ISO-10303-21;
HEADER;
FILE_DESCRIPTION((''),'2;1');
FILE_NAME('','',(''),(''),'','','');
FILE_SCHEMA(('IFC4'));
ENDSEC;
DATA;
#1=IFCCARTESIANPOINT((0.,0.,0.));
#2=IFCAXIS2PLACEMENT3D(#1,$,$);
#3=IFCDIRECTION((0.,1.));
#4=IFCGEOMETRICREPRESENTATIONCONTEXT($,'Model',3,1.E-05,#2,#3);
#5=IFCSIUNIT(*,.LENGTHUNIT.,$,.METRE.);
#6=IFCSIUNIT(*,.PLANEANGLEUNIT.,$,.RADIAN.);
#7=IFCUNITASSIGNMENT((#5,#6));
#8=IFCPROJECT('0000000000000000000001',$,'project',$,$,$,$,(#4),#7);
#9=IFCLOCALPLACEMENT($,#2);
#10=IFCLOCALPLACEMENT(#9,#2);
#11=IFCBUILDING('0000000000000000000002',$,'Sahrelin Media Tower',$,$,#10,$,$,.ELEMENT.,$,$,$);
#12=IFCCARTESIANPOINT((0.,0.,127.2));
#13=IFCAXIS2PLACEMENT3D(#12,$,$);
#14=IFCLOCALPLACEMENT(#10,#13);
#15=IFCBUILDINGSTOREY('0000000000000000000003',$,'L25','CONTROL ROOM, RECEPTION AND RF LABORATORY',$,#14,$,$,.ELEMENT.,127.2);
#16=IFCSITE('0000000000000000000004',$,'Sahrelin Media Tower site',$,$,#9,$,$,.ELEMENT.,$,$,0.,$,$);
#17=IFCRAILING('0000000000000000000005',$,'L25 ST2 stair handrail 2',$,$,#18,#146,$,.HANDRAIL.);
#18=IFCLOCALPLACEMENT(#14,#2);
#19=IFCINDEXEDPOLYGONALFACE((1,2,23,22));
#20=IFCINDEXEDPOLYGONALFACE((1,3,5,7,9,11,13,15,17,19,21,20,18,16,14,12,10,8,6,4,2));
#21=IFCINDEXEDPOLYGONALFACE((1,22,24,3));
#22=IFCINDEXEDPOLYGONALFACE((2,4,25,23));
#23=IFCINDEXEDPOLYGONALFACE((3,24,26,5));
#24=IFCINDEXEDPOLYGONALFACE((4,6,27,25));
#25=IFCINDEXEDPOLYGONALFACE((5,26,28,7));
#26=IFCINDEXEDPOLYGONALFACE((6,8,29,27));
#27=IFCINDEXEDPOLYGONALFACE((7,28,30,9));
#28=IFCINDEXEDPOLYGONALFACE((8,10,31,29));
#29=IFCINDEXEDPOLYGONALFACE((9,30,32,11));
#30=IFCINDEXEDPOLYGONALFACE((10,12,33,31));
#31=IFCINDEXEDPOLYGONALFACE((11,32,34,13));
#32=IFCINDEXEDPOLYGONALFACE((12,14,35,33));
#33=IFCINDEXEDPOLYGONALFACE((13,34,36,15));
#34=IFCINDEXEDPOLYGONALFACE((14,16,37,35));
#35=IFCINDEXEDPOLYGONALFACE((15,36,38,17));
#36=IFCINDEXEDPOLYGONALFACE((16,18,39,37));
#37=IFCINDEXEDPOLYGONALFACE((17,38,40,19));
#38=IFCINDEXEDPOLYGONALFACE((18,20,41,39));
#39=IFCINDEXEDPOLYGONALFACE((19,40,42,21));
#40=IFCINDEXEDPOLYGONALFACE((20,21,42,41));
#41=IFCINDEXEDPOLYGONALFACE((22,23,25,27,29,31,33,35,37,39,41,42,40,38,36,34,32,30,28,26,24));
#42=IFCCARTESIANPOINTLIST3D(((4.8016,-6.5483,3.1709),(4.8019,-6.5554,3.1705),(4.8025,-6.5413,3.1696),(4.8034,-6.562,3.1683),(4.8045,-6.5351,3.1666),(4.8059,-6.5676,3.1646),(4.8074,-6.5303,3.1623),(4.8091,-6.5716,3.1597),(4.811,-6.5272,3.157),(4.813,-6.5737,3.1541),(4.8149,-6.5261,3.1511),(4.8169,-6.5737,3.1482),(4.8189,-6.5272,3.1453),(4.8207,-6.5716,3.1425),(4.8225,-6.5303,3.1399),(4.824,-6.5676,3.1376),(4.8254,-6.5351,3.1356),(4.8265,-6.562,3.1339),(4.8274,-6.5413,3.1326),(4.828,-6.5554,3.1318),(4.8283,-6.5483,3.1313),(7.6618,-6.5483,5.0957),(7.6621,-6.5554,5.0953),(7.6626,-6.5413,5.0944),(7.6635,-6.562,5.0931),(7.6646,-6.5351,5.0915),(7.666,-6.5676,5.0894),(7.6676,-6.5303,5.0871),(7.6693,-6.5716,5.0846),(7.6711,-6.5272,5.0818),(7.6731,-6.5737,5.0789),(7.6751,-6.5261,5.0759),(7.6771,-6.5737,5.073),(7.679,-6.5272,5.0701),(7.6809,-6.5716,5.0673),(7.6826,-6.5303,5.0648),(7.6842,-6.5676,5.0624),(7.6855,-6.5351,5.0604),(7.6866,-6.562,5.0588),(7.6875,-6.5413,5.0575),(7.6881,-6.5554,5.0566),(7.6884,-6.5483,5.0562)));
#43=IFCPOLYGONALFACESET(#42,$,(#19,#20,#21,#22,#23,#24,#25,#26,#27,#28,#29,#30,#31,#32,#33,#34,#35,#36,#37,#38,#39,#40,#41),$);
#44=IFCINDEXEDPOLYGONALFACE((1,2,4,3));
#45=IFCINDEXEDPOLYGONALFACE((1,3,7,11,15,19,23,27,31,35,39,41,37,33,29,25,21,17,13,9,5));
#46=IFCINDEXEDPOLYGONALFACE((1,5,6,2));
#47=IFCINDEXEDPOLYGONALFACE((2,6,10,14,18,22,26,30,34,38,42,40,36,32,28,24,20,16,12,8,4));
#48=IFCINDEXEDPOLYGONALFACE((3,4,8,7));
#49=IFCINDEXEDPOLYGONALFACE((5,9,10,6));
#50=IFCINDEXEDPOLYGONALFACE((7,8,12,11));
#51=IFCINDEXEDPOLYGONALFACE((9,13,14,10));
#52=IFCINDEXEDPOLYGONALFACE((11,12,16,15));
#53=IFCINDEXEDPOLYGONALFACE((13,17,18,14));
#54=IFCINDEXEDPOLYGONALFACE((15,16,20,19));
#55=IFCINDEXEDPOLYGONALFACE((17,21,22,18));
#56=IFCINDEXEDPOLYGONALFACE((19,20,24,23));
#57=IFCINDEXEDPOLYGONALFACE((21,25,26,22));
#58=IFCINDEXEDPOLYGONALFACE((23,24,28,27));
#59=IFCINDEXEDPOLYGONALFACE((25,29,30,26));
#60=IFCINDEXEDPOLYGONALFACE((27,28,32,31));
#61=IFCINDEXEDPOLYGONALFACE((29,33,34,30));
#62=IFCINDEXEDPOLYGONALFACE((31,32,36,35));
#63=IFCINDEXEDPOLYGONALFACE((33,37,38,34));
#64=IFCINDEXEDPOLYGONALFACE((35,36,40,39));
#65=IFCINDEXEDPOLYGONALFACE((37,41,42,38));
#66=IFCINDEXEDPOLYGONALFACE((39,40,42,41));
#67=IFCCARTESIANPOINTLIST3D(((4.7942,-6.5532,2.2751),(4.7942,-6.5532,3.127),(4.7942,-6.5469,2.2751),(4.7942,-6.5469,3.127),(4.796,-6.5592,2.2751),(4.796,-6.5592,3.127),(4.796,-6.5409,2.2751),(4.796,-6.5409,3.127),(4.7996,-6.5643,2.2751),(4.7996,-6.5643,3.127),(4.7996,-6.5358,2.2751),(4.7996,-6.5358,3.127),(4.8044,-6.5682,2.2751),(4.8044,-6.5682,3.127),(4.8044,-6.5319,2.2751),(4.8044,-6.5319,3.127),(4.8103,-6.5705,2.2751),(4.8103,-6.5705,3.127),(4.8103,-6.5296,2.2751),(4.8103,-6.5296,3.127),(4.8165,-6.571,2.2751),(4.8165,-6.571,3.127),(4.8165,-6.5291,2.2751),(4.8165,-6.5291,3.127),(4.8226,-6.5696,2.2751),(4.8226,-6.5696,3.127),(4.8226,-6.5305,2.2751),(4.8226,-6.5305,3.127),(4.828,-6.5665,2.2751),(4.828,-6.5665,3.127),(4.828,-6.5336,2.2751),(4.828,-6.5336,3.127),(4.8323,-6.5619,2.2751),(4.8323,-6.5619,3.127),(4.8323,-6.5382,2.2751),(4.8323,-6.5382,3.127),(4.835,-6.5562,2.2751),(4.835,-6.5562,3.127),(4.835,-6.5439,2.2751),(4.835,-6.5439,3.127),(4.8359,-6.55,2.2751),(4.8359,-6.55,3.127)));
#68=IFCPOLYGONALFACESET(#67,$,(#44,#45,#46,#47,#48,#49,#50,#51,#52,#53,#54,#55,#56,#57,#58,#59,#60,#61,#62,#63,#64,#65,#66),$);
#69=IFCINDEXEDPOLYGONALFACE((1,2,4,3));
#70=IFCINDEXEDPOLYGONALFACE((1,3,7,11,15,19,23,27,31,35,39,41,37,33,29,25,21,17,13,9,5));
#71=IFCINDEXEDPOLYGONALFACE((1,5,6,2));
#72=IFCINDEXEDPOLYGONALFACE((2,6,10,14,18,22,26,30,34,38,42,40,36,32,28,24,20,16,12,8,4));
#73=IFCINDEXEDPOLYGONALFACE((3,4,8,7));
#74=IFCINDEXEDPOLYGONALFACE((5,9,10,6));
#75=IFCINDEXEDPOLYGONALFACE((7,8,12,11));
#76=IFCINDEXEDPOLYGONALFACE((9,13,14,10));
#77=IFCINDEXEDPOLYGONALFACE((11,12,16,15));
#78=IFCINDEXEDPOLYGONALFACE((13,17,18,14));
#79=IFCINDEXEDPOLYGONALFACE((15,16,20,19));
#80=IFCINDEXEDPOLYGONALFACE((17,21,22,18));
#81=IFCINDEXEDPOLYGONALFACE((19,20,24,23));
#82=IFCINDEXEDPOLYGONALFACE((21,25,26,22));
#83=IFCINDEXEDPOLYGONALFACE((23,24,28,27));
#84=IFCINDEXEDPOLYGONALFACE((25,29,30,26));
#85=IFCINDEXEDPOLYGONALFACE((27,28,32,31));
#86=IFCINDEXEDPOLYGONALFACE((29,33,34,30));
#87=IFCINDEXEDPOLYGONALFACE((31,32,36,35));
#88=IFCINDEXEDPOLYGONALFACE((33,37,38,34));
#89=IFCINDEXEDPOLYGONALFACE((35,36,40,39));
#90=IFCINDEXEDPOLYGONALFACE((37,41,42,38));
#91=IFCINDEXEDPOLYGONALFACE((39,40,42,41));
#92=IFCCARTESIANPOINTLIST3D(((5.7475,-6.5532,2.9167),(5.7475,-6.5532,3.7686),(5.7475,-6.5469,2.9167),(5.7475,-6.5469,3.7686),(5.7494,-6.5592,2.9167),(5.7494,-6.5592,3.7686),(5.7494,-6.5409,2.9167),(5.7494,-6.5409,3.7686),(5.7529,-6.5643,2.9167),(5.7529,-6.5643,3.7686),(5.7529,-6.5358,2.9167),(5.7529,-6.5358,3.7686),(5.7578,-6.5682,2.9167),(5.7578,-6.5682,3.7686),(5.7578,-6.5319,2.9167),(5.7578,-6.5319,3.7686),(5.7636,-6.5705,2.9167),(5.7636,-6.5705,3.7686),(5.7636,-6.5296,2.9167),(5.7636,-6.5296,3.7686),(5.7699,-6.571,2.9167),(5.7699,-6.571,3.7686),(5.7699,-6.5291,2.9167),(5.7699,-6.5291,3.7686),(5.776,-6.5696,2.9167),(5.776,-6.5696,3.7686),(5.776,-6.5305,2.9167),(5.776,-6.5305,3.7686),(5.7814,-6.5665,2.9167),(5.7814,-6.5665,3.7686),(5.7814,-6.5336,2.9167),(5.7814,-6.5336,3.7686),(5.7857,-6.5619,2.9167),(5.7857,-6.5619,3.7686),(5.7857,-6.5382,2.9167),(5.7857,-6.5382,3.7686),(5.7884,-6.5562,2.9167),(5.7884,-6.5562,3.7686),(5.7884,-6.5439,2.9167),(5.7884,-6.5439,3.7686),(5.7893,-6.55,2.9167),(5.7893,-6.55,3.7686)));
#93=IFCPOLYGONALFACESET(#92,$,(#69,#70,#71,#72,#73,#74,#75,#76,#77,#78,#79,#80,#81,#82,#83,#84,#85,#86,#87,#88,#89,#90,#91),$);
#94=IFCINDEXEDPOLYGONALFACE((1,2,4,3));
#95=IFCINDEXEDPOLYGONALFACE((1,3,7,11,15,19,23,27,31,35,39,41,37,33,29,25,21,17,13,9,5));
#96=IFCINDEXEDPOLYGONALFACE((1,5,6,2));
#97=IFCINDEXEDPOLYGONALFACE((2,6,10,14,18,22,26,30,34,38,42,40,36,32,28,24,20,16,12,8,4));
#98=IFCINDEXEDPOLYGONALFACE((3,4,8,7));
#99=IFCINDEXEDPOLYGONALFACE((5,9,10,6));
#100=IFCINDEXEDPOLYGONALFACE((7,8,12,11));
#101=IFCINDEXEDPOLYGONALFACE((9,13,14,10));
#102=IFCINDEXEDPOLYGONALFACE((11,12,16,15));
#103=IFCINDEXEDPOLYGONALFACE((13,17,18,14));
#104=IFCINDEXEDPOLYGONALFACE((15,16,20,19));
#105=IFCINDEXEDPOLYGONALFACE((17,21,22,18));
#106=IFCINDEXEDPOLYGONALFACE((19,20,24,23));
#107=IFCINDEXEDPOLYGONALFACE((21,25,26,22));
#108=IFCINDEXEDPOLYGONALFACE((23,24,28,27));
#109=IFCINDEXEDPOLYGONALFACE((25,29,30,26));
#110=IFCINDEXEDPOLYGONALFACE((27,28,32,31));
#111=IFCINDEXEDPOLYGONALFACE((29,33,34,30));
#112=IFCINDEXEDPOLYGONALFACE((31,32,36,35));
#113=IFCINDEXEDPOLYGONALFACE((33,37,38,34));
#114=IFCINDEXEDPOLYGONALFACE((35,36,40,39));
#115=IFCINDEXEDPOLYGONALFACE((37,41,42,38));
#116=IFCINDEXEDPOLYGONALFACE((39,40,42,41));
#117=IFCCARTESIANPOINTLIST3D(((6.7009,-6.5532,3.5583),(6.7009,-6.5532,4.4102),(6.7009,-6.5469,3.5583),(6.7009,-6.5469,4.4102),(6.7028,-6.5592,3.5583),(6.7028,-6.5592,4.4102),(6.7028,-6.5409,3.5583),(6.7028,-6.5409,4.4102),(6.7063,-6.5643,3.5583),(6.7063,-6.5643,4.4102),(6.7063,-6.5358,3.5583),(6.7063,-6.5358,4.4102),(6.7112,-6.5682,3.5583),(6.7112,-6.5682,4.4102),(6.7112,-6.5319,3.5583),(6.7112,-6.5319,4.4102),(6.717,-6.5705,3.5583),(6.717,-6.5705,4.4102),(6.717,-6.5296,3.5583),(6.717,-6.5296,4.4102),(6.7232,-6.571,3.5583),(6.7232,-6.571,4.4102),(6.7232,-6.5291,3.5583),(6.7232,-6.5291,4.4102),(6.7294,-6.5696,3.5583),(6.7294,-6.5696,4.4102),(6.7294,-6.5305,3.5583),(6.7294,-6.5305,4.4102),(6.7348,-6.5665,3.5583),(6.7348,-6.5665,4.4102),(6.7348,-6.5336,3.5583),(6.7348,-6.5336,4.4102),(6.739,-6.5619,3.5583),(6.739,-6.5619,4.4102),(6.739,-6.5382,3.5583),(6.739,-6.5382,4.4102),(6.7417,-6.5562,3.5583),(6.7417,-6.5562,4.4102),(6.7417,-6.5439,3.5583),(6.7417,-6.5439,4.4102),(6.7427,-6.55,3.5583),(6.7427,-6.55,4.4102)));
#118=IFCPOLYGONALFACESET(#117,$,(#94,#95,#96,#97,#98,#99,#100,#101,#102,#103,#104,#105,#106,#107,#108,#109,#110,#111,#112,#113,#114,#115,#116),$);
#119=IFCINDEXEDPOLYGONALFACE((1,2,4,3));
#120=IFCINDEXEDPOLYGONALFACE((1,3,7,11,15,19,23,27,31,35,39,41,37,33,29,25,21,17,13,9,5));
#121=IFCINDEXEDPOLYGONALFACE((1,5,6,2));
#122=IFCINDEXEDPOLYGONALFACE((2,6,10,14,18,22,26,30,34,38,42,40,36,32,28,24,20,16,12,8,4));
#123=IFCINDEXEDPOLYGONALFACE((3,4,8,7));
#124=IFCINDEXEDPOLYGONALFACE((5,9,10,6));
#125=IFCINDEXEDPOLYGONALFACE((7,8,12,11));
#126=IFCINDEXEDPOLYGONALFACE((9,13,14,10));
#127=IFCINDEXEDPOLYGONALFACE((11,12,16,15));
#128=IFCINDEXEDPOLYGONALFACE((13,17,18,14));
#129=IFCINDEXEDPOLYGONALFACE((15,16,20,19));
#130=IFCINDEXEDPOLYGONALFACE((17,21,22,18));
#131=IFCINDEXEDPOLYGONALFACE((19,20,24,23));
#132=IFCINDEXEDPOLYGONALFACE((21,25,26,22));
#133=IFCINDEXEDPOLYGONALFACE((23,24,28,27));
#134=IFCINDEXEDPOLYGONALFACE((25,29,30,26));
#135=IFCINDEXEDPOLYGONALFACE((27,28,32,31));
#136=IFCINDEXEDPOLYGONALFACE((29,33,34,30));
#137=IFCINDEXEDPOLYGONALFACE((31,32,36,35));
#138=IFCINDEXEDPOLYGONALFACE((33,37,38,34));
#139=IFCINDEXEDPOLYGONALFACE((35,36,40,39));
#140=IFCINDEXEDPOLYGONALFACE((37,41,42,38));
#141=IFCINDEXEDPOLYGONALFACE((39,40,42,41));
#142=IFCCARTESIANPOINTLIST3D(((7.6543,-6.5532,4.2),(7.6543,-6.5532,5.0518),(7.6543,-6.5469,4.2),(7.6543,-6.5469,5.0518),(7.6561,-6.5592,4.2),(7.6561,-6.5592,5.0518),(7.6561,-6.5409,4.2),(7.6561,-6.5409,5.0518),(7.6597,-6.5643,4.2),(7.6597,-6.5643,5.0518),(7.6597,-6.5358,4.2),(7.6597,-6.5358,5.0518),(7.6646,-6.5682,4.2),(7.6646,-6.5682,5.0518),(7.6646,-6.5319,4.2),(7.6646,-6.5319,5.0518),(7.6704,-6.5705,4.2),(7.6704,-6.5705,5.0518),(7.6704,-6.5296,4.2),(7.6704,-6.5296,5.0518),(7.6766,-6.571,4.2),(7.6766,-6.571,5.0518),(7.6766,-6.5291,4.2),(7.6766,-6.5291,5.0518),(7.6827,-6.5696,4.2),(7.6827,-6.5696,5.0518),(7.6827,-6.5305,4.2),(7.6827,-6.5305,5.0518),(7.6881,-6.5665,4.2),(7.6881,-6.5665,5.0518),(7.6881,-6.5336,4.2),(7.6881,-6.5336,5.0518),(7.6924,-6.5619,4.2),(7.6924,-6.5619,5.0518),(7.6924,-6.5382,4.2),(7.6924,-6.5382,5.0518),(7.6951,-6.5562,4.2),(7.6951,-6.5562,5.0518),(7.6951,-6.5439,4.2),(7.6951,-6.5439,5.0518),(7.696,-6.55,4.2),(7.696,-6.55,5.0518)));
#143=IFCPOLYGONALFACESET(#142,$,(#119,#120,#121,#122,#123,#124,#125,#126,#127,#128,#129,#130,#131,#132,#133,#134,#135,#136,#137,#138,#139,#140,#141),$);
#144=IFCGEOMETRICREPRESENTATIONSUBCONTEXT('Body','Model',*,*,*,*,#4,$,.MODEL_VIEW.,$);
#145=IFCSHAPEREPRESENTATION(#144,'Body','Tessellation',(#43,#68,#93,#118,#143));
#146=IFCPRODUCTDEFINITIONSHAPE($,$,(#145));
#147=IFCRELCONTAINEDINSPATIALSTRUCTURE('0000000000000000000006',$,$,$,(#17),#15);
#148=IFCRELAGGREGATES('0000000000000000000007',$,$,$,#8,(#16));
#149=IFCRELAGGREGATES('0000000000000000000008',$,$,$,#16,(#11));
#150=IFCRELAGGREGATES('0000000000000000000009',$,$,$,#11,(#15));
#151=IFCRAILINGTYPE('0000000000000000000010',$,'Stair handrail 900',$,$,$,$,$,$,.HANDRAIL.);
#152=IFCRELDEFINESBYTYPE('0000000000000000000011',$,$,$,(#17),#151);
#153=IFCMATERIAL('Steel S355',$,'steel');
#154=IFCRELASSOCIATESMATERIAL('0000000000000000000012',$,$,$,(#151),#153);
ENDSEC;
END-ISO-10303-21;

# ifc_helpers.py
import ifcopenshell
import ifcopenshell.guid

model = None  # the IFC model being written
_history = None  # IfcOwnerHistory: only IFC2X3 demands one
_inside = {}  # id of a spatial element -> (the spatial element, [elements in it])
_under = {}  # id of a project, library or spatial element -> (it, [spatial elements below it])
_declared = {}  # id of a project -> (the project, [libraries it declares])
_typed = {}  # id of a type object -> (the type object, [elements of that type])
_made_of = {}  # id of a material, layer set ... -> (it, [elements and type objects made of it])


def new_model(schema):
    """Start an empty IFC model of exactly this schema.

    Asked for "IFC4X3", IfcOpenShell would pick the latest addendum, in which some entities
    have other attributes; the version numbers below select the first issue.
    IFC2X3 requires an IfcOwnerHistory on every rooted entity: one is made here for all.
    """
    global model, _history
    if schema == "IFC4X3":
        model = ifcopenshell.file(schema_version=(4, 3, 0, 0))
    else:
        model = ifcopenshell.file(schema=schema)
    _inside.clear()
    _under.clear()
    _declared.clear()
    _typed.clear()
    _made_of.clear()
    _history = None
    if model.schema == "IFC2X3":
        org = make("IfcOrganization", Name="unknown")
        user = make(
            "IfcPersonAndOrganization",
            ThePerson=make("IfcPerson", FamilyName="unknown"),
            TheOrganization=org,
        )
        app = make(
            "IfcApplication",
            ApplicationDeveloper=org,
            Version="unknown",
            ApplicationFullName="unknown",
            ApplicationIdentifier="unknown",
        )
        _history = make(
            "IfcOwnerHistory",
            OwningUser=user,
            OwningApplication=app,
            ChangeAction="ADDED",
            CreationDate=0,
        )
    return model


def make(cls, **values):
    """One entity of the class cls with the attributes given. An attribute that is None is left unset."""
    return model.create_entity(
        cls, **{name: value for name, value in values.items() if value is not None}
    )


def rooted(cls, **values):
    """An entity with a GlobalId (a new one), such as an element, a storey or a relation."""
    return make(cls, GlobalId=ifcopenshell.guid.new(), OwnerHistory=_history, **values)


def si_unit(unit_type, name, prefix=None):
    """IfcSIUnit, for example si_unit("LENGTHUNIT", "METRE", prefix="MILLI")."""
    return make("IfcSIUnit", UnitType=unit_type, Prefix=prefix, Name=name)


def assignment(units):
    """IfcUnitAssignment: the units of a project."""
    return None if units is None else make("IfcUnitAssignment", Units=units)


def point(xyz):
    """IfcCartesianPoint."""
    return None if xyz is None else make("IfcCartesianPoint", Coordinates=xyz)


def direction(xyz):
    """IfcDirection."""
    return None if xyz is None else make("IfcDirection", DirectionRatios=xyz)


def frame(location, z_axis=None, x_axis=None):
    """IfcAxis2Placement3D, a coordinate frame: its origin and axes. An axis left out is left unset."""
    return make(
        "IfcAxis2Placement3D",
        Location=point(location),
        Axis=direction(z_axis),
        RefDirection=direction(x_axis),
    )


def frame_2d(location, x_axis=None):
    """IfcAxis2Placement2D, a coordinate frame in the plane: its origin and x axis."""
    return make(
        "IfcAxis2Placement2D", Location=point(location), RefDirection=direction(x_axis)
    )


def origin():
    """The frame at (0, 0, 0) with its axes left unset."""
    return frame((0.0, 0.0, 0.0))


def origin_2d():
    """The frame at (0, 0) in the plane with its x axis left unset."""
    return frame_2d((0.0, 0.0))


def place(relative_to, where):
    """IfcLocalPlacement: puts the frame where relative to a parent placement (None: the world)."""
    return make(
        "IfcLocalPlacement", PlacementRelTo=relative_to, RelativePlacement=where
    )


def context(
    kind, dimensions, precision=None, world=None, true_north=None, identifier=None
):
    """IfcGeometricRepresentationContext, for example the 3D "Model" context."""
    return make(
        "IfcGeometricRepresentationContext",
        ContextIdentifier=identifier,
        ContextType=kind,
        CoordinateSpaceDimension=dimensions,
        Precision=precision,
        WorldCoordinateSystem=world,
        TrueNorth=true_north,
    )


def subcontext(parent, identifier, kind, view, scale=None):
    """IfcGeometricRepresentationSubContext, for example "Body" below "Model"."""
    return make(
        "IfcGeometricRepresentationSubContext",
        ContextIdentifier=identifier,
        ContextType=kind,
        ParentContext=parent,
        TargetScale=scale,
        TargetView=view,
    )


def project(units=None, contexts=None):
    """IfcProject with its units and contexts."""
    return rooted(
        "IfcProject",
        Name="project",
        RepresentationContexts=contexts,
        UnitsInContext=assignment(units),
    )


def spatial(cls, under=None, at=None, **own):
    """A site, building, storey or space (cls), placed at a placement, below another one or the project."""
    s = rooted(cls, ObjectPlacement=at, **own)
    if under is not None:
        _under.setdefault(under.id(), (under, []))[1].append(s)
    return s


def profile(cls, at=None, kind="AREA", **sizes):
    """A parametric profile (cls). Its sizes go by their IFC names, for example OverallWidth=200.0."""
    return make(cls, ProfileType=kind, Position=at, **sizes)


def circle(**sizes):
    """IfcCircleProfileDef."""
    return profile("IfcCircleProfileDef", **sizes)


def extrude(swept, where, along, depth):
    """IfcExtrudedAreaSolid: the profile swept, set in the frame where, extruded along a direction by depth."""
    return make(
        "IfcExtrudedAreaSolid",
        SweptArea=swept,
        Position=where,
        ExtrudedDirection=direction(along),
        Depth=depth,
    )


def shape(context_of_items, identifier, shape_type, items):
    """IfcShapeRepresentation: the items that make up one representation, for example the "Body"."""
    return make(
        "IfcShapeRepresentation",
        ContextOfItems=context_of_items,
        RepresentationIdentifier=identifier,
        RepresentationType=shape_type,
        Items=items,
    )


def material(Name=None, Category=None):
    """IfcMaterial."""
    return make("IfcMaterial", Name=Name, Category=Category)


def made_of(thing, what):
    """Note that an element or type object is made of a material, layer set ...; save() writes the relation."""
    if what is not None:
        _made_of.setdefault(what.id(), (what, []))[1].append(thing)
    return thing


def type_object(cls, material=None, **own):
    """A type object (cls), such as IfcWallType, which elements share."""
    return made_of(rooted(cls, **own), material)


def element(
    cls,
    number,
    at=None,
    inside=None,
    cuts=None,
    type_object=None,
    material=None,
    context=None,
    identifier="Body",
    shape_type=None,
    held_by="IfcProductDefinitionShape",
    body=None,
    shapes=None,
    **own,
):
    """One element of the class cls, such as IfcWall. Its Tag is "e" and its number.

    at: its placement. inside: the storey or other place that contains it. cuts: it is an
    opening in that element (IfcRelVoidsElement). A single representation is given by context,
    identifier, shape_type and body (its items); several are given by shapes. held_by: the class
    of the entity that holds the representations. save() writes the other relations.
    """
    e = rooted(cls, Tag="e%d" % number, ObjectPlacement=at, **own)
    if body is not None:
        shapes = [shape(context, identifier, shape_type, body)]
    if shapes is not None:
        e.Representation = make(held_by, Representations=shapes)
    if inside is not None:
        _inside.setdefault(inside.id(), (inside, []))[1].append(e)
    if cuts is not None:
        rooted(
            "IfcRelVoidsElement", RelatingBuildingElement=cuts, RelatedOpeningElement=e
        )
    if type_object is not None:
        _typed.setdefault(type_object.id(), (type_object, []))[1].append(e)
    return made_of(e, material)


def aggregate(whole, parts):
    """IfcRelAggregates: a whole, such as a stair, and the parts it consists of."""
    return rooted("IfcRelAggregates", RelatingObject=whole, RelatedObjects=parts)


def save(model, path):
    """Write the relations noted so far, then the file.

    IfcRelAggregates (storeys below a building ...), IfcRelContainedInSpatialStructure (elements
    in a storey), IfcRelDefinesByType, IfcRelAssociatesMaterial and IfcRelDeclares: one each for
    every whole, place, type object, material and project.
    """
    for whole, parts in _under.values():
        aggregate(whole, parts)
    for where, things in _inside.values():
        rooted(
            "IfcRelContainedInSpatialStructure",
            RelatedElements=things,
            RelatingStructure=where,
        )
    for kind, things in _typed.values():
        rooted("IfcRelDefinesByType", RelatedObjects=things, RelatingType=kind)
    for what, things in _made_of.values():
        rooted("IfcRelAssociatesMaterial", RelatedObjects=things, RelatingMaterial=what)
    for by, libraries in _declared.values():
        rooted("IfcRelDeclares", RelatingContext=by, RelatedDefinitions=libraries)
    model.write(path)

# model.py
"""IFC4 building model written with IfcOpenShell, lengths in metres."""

from ifc_helpers import new_model, si_unit, direction, frame, origin, origin_2d, place, context, subcontext, project, spatial, circle, extrude, material, type_object, element, save


model = new_model("IFC4")

# Units and contexts
model_context = context("Model", 3, precision=1e-05, world=origin(), true_north=direction((0.0, 1.0)))
body_context = subcontext(model_context, "Body", "Model", "MODEL_VIEW")
ifc_project = project(units=[si_unit("LENGTHUNIT", "METRE"), si_unit("PLANEANGLEUNIT", "RADIAN")], contexts=[model_context])

# Site, building, storey
site_placement = place(None, origin())
site = spatial("IfcSite", under=ifc_project, at=site_placement, Name="Sahrelin Media Tower site", CompositionType="ELEMENT", RefElevation=0.0)
building_placement = place(site_placement, origin())
building = spatial("IfcBuilding", under=site, at=building_placement, Name="Sahrelin Media Tower", CompositionType="ELEMENT")
storey_placement = place(building_placement, frame((0.0, 0.0, 127.2)))
storey = spatial("IfcBuildingStorey", under=building, at=storey_placement, Name="L25", Description="CONTROL ROOM, RECEPTION AND RF LABORATORY", CompositionType="ELEMENT", Elevation=127.2)

# Shared definitions
ifc_material_1 = material(Name="Steel S355", Category="steel")

# Railing
railing_type_1 = type_object("IfcRailingType", Name="Stair handrail 900", PredefinedType="HANDRAIL", material=ifc_material_1)
railing_1_placement = place(storey_placement, frame((4.8149, -6.55, 2.2751)))
element("IfcRailing", 1, at=railing_1_placement, inside=storey, type_object=railing_type_1, Name="L25 ST2 stair handrail 2", PredefinedType="HANDRAIL", context=body_context, shape_type="SweptSolid", body=[
    extrude(circle(Radius=0.0239, at=origin_2d()), frame((0.0, 0.0, 0.876), z_axis=(0.829624, 0.0, 0.558323), x_axis=(0.0, 1.0, 0.0)), (0.0, 0.0, 1.0), 3.4475),
    extrude(circle(Radius=0.021, at=origin_2d()), origin(), (0.0, 0.0, 1.0), 0.8518),
    extrude(circle(Radius=0.021, at=origin_2d()), frame((0.9534, 0.0, 0.6416)), (0.0, 0.0, 1.0), 0.8518),
    extrude(circle(Radius=0.021, at=origin_2d()), frame((1.9067, 0.0, 1.2832)), (0.0, 0.0, 1.0), 0.8518),
    extrude(circle(Radius=0.021, at=origin_2d()), frame((2.8601, 0.0, 1.9248)), (0.0, 0.0, 1.0), 0.8518),
])

save(model, "model.ifc")
